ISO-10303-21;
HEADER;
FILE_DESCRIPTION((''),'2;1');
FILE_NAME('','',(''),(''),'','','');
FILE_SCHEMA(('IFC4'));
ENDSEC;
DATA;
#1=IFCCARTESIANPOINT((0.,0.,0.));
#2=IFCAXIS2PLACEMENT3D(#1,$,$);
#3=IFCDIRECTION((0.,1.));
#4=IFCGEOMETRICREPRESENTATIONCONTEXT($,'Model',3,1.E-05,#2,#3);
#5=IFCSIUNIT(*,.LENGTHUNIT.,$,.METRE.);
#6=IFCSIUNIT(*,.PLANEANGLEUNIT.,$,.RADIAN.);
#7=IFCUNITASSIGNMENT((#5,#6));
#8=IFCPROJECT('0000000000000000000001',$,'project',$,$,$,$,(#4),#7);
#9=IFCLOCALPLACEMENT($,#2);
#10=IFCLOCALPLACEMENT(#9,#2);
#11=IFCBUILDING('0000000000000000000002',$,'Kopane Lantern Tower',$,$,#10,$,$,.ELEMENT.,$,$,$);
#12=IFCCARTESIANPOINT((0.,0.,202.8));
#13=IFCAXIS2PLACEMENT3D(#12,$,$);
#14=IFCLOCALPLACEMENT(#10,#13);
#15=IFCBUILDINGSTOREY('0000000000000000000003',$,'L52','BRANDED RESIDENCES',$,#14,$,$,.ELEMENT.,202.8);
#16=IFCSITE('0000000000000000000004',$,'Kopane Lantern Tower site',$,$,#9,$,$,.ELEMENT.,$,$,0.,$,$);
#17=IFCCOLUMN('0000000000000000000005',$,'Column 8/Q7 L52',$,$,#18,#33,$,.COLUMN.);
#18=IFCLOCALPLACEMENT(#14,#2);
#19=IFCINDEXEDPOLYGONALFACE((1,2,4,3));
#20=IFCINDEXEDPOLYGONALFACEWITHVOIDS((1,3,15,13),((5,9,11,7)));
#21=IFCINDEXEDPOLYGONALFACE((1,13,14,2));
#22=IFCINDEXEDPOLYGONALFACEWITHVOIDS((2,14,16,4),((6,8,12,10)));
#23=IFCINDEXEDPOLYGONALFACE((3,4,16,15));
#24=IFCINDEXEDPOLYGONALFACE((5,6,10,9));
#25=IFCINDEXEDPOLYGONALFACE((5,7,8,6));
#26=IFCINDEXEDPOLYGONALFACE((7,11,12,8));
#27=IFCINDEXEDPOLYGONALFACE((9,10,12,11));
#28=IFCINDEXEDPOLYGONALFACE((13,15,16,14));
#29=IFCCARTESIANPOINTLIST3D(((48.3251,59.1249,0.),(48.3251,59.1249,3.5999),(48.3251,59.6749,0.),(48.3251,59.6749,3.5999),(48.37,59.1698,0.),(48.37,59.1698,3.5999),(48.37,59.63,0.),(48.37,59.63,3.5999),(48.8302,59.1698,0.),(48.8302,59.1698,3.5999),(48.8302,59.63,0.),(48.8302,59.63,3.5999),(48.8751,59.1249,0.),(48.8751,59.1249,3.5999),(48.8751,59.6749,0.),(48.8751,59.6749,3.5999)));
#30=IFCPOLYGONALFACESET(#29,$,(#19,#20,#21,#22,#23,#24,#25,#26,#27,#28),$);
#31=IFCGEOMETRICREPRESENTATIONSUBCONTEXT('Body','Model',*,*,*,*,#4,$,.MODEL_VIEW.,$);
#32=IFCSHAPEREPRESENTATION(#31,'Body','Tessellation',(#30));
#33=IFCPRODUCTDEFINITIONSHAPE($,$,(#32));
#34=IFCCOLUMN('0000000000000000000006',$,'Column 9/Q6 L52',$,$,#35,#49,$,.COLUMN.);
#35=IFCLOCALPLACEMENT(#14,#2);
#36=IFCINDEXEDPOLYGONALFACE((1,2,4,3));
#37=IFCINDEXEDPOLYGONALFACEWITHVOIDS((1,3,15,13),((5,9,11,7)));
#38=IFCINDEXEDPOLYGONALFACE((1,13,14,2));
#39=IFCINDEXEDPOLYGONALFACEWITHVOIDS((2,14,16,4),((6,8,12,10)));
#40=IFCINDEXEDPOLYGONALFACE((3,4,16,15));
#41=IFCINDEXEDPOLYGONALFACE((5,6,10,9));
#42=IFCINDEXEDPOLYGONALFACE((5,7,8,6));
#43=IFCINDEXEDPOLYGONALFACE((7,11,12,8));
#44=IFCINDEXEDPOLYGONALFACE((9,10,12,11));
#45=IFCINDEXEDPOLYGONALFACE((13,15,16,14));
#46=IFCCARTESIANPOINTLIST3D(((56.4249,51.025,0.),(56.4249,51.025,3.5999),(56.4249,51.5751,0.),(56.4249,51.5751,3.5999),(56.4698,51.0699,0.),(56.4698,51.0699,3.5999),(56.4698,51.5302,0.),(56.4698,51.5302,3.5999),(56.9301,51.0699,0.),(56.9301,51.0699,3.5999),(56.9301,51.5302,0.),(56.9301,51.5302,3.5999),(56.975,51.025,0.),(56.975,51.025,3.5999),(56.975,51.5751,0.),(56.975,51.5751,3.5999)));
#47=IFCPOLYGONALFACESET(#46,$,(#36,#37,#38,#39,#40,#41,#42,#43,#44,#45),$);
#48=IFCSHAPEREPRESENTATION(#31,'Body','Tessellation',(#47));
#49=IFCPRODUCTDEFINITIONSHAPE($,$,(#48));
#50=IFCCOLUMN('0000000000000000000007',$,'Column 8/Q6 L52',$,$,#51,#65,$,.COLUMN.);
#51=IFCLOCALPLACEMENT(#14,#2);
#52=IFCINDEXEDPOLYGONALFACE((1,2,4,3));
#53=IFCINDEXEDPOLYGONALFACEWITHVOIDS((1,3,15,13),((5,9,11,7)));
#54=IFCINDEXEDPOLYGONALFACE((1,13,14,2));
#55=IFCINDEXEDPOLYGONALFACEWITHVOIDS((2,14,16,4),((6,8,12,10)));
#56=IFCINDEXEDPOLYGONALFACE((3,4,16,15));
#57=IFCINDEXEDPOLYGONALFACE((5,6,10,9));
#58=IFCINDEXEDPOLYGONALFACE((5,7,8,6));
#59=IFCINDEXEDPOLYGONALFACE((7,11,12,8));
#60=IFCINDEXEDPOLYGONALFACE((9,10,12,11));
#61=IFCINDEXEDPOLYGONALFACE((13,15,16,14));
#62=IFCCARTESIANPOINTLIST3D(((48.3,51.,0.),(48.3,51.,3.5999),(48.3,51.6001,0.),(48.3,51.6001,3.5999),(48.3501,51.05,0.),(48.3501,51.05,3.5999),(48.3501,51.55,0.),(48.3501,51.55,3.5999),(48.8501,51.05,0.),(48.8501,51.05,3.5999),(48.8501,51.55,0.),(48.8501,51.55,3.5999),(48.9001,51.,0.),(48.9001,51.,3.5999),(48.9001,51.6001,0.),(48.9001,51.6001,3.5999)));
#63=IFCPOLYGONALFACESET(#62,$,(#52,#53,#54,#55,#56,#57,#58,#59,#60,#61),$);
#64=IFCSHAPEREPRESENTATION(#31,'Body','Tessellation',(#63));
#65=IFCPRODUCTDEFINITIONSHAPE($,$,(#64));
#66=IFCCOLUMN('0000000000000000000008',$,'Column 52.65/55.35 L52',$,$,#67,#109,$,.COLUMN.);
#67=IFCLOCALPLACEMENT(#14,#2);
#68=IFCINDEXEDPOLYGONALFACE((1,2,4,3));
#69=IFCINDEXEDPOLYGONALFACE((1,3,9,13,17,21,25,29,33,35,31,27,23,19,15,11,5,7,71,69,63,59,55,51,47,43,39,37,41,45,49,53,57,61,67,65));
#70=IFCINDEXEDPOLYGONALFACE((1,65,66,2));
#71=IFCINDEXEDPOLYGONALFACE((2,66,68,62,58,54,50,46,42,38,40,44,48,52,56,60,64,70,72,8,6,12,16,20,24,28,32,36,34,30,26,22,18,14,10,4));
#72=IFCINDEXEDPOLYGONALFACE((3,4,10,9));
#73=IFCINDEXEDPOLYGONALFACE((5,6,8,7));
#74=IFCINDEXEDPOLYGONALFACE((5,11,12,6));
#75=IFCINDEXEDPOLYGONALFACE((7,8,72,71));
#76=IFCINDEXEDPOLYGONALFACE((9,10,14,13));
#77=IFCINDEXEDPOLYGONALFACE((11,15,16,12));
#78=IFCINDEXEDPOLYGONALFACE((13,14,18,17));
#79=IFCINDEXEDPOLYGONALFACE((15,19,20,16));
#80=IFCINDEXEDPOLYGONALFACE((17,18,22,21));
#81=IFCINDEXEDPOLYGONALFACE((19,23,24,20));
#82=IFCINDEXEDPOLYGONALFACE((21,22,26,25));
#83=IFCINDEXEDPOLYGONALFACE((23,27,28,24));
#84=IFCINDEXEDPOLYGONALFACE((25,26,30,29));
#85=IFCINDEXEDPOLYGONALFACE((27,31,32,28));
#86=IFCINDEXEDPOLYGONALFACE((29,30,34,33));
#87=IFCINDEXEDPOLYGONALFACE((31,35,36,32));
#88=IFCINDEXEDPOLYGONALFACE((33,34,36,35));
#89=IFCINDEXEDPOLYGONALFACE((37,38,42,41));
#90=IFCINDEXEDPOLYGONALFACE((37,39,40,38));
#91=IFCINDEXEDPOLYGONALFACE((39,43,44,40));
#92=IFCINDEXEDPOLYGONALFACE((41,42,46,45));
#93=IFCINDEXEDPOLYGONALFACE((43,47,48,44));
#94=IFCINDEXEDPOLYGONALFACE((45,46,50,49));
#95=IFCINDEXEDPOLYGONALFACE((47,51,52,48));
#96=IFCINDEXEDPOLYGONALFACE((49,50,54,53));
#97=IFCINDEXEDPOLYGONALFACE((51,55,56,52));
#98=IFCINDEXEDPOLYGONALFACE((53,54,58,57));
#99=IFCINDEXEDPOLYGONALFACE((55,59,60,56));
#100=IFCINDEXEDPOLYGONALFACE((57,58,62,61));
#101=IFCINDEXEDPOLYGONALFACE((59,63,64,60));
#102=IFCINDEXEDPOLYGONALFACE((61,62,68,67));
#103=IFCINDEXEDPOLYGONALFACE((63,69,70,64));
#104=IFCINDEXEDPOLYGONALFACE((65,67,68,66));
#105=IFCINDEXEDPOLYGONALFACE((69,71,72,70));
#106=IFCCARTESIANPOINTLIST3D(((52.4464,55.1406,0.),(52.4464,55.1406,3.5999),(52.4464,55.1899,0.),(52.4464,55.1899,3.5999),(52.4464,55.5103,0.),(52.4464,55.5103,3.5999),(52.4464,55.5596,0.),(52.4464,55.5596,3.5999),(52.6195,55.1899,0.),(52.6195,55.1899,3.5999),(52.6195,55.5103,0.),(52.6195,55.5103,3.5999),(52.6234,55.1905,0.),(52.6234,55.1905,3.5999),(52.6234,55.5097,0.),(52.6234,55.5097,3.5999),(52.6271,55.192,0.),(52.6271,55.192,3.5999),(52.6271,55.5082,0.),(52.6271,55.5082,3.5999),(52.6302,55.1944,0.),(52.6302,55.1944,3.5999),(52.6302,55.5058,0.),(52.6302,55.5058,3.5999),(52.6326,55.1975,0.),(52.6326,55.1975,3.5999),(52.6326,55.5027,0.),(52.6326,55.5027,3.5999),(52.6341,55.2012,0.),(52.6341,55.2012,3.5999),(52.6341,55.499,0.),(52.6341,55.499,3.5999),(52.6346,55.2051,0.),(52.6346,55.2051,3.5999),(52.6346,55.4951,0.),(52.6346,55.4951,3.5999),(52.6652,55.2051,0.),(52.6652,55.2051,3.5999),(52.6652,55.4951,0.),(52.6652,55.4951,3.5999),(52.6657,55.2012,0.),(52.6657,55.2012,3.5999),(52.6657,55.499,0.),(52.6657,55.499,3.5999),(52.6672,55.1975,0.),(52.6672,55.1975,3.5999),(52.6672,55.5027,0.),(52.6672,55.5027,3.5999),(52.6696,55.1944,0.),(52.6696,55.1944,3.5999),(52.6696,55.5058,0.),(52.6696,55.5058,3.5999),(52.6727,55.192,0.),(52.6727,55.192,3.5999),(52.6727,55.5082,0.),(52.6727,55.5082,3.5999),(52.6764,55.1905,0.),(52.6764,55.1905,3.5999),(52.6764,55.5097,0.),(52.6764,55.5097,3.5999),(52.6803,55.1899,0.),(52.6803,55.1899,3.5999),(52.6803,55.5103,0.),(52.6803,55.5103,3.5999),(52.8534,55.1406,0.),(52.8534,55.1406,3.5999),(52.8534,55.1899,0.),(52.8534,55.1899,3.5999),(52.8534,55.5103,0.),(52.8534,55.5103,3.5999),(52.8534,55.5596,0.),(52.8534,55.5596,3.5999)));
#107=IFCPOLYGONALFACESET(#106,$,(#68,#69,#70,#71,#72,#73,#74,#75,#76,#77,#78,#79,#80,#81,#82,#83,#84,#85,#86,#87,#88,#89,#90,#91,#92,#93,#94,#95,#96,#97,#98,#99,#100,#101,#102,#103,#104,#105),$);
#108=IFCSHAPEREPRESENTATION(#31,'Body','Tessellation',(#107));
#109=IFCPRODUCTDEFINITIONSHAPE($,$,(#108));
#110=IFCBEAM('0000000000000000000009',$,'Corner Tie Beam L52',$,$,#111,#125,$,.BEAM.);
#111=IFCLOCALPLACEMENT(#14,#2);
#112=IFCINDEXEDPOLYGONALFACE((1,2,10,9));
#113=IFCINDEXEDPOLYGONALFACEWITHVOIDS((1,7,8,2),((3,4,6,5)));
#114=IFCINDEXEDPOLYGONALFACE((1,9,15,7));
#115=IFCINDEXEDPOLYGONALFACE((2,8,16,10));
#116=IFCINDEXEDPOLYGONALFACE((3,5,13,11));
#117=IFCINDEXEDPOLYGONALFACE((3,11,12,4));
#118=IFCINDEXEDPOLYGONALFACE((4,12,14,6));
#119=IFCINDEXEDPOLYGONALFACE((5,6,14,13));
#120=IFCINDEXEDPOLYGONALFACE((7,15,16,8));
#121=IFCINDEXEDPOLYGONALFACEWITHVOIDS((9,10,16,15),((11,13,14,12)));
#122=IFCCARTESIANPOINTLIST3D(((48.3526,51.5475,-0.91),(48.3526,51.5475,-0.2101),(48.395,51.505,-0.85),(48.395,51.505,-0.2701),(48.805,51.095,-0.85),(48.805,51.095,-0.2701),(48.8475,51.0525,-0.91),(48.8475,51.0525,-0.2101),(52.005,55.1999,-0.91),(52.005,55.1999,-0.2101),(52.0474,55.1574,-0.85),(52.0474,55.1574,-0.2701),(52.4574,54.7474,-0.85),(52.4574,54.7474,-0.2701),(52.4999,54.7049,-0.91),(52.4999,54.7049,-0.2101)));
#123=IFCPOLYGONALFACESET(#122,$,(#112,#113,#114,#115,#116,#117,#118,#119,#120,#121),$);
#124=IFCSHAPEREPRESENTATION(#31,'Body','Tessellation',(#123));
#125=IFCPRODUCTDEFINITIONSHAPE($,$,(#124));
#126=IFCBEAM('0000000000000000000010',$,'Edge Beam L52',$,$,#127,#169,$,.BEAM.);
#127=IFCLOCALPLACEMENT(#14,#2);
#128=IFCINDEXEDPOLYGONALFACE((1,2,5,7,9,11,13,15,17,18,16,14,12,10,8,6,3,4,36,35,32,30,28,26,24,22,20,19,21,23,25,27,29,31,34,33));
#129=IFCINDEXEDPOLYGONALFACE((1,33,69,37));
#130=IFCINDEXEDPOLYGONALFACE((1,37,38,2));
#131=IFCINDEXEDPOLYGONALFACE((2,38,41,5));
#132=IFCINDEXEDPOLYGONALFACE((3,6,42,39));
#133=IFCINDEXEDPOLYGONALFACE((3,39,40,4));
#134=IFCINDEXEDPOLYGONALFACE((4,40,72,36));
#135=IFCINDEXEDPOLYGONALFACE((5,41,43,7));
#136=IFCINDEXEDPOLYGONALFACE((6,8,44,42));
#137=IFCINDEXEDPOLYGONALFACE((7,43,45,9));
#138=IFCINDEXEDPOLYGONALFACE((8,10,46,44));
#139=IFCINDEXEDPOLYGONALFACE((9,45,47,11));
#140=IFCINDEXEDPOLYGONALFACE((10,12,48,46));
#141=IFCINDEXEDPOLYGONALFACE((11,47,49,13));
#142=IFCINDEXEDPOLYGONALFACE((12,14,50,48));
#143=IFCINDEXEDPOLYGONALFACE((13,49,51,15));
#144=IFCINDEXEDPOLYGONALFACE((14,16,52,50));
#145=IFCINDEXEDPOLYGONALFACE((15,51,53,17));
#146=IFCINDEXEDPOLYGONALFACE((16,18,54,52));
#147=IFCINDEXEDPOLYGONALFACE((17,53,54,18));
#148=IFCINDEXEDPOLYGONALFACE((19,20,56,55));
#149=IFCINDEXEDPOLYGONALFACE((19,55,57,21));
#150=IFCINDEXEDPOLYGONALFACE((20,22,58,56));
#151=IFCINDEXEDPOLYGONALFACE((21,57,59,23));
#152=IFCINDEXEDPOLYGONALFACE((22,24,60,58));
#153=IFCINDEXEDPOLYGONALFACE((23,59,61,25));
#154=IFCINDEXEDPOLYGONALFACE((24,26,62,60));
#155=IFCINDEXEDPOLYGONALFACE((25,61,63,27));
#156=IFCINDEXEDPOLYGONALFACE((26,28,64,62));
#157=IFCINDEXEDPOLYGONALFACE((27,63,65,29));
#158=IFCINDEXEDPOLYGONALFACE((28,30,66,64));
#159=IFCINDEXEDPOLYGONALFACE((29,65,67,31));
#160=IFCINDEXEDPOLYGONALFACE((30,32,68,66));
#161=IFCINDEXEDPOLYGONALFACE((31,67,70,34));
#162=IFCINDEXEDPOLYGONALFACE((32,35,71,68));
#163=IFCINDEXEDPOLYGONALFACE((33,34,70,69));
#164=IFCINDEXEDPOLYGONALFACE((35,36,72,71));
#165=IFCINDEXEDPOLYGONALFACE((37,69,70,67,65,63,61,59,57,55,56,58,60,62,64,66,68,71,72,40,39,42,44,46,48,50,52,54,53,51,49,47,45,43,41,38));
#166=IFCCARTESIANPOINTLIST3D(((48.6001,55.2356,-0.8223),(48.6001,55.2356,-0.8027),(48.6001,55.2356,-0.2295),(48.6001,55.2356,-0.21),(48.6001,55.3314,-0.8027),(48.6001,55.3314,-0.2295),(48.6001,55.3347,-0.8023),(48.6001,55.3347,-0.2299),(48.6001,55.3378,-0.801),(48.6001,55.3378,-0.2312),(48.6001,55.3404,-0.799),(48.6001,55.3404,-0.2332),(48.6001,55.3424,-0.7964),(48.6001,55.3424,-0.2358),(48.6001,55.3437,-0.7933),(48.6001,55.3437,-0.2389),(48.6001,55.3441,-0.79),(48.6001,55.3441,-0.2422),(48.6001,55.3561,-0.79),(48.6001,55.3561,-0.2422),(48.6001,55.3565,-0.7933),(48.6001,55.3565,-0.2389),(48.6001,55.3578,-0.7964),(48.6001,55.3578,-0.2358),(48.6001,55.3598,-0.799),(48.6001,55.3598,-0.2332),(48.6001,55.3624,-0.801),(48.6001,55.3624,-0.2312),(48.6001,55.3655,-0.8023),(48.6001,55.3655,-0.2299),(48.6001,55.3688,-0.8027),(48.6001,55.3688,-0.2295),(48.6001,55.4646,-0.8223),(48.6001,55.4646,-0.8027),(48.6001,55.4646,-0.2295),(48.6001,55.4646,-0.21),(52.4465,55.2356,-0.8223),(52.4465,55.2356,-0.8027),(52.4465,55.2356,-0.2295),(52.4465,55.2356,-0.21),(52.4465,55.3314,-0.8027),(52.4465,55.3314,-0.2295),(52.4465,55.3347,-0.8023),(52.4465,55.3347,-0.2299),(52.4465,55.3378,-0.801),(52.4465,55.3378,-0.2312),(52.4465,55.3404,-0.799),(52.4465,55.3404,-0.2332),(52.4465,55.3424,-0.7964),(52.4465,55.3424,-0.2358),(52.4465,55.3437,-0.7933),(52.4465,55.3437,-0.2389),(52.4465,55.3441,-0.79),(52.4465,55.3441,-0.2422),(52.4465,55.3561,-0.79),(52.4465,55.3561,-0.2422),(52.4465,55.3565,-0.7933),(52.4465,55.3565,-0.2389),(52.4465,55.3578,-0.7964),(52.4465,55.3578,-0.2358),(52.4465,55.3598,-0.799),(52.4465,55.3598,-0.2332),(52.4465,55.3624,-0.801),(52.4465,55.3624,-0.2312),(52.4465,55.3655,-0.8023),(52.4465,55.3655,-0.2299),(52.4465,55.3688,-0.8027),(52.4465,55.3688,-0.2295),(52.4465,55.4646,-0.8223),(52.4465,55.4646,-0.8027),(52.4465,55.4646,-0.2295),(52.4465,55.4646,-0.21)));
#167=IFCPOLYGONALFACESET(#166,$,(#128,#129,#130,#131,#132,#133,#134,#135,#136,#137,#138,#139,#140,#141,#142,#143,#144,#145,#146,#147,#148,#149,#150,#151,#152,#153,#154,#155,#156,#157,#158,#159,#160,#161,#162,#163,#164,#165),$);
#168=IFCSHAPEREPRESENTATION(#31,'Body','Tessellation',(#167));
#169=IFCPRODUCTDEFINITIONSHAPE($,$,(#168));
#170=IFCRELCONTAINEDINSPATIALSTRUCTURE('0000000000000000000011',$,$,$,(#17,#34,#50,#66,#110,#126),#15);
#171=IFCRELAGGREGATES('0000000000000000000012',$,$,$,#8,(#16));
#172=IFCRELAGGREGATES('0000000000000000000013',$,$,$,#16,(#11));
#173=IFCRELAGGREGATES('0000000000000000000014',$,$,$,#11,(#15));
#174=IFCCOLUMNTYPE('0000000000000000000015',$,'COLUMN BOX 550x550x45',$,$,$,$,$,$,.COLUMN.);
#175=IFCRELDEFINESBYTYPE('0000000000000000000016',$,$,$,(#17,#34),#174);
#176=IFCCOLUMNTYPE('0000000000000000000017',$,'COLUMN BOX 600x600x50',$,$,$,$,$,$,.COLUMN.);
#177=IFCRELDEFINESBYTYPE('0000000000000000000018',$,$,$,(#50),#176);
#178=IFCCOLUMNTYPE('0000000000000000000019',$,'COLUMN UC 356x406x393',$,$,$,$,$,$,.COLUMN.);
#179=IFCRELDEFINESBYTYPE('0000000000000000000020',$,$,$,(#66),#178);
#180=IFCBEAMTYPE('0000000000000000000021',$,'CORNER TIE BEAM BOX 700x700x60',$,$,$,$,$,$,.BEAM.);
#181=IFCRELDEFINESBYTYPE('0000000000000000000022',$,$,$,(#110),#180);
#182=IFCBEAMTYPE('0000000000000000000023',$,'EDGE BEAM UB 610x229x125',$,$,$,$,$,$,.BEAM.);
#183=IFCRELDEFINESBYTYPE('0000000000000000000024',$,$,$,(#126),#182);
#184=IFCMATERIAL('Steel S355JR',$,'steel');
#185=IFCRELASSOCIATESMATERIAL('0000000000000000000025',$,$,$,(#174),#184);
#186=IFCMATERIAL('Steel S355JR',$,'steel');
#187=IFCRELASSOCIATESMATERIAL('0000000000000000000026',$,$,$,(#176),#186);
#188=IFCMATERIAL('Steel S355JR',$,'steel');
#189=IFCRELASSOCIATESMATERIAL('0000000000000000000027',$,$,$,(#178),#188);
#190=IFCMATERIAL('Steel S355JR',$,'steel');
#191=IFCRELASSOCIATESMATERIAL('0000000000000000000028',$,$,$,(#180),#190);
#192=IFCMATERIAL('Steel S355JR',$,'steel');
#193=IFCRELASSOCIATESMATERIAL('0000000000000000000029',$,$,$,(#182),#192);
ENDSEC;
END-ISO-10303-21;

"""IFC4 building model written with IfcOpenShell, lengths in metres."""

from ifc_helpers import new_model, si_unit, direction, frame, origin, origin_2d, place, context, subcontext, project, spatial, hollow_rectangle, i_section, extrude, material, material_profile, profile_set, type_object, element, save


model = new_model("IFC4")

# Units and contexts
model_context = context("Model", 3, precision=1e-05, world=origin(), true_north=direction((0.0, 1.0)))
body_context = subcontext(model_context, "Body", "Model", "MODEL_VIEW")
ifc_project = project(units=[si_unit("LENGTHUNIT", "METRE"), si_unit("PLANEANGLEUNIT", "RADIAN")], contexts=[model_context])

# Site, building, storey
site_placement = place(None, origin())
site = spatial("IfcSite", under=ifc_project, at=site_placement, Name="Kopane Lantern Tower site", CompositionType="ELEMENT", RefElevation=0.0)
building_placement = place(site_placement, origin())
building = spatial("IfcBuilding", under=site, at=building_placement, Name="Kopane Lantern Tower", CompositionType="ELEMENT")
storey_placement = place(building_placement, frame((0.0, 0.0, 202.8)))
storey = spatial("IfcBuildingStorey", under=building, at=storey_placement, Name="L52", Description="BRANDED RESIDENCES", CompositionType="ELEMENT", Elevation=202.8)

# Columns
ifc_material_1 = material(Name="Steel S355JR", Category="steel")
ifc_material_profile_1 = material_profile(ifc_material_1, hollow_rectangle(XDim=0.55, YDim=0.55, WallThickness=0.0449, at=origin_2d()), Name="BOX 550x550x45")
ifc_profile_set_1 = profile_set([ifc_material_profile_1], Name="Steel S355JR")
column_type_1 = type_object("IfcColumnType", Name="COLUMN BOX 550x550x45", PredefinedType="COLUMN", material=ifc_profile_set_1)
for number, where, z_axis, x_axis, name in (
    (1, (48.6001, 59.3999, 0.0), (0.0, 0.0, 1.0), (1.0, 0.0, 0.0), "Column 8/Q7 L52"),
    (2, (56.7, 51.3, 0.0), (0.0, 0.0, 1.0), (1.0, 0.0, 0.0), "Column 9/Q6 L52"),
):
    element("IfcColumn", number, at=place(storey_placement, frame(where, z_axis=z_axis, x_axis=x_axis)), inside=storey, type_object=column_type_1, Name=name, PredefinedType="COLUMN", context=body_context, shape_type="SweptSolid", body=[
        extrude(hollow_rectangle(XDim=0.55, YDim=0.55, WallThickness=0.0449, at=origin_2d()), origin(), (0.0, 0.0, 1.0), 3.5999),
    ])
ifc_material_2 = material(Name="Steel S355JR", Category="steel")
ifc_material_profile_2 = material_profile(ifc_material_2, hollow_rectangle(XDim=0.6001, YDim=0.6001, WallThickness=0.05, at=origin_2d()), Name="BOX 600x600x50")
ifc_profile_set_2 = profile_set([ifc_material_profile_2], Name="Steel S355JR")
column_type_2 = type_object("IfcColumnType", Name="COLUMN BOX 600x600x50", PredefinedType="COLUMN", material=ifc_profile_set_2)
column_1_placement = place(storey_placement, frame((48.6001, 51.3, 0.0), z_axis=(0.0, 0.0, 1.0), x_axis=(1.0, 0.0, 0.0)))
element("IfcColumn", 3, at=column_1_placement, inside=storey, type_object=column_type_2, Name="Column 8/Q6 L52", PredefinedType="COLUMN", context=body_context, shape_type="SweptSolid", body=[
    extrude(hollow_rectangle(XDim=0.6001, YDim=0.6001, WallThickness=0.05, at=origin_2d()), origin(), (0.0, 0.0, 1.0), 3.5999),
])
ifc_material_3 = material(Name="Steel S355JR", Category="steel")
ifc_material_profile_3 = material_profile(ifc_material_3, i_section(OverallWidth=0.407, OverallDepth=0.4189, WebThickness=0.0305, FlangeThickness=0.0493, FilletRadius=0.0151, at=origin_2d()), Name="UC 356x406x393")
ifc_profile_set_3 = profile_set([ifc_material_profile_3], Name="Steel S355JR")
column_type_3 = type_object("IfcColumnType", Name="COLUMN UC 356x406x393", PredefinedType="COLUMN", material=ifc_profile_set_3)
column_2_placement = place(storey_placement, frame((52.6499, 55.3501, 0.0), z_axis=(0.0, 0.0, 1.0), x_axis=(1.0, 0.0, 0.0)))
element("IfcColumn", 4, at=column_2_placement, inside=storey, type_object=column_type_3, Name="Column 52.65/55.35 L52", PredefinedType="COLUMN", context=body_context, shape_type="SweptSolid", body=[
    extrude(i_section(OverallWidth=0.407, OverallDepth=0.4189, WebThickness=0.0305, FlangeThickness=0.0493, FilletRadius=0.0151, at=origin_2d()), origin(), (0.0, 0.0, 1.0), 3.5999),
])

# Beams
ifc_material_4 = material(Name="Steel S355JR", Category="steel")
ifc_material_profile_4 = material_profile(ifc_material_4, hollow_rectangle(XDim=0.7, YDim=0.7, WallThickness=0.0601, at=origin_2d()), Name="BOX 700x700x60")
ifc_profile_set_4 = profile_set([ifc_material_profile_4], Name="Steel S355JR")
beam_type_1 = type_object("IfcBeamType", Name="CORNER TIE BEAM BOX 700x700x60", PredefinedType="BEAM", material=ifc_profile_set_4)
beam_placement = place(storey_placement, frame((52.2524, 54.9524, -0.5601), z_axis=(-0.707107, -0.707107, 0.0), x_axis=(0.707107, -0.707107, 0.0)))
element("IfcBeam", 5, at=beam_placement, inside=storey, type_object=beam_type_1, Name="Corner Tie Beam L52", PredefinedType="BEAM", context=body_context, shape_type="SweptSolid", body=[
    extrude(hollow_rectangle(XDim=0.7, YDim=0.7, WallThickness=0.0601, at=origin_2d()), origin(), (0.0, 0.0, 1.0), 5.1653),
])
ifc_material_5 = material(Name="Steel S355JR", Category="steel")
ifc_material_profile_5 = material_profile(ifc_material_5, i_section(OverallWidth=0.229, OverallDepth=0.6123, WebThickness=0.012, FlangeThickness=0.0195, FilletRadius=0.0127, at=origin_2d()), Name="UB 610x229x125")
ifc_profile_set_5 = profile_set([ifc_material_profile_5], Name="Steel S355JR")
beam_type_2 = type_object("IfcBeamType", Name="EDGE BEAM UB 610x229x125", PredefinedType="BEAM", material=ifc_profile_set_5)
for number, where, z_axis, x_axis, name in (
    (6, (52.4465, 55.3501, -0.5161), (-1.0, 0.0, 0.0), (0.0, -1.0, 0.0), "Edge Beam L52"),
):
    element("IfcBeam", number, at=place(storey_placement, frame(where, z_axis=z_axis, x_axis=x_axis)), inside=storey, type_object=beam_type_2, Name=name, PredefinedType="BEAM", context=body_context, shape_type="SweptSolid", body=[
        extrude(i_section(OverallWidth=0.229, OverallDepth=0.6123, WebThickness=0.012, FlangeThickness=0.0195, FilletRadius=0.0127, at=origin_2d()), origin(), (0.0, 0.0, 1.0), 3.8464),
    ])

save(model, "model.ifc")
